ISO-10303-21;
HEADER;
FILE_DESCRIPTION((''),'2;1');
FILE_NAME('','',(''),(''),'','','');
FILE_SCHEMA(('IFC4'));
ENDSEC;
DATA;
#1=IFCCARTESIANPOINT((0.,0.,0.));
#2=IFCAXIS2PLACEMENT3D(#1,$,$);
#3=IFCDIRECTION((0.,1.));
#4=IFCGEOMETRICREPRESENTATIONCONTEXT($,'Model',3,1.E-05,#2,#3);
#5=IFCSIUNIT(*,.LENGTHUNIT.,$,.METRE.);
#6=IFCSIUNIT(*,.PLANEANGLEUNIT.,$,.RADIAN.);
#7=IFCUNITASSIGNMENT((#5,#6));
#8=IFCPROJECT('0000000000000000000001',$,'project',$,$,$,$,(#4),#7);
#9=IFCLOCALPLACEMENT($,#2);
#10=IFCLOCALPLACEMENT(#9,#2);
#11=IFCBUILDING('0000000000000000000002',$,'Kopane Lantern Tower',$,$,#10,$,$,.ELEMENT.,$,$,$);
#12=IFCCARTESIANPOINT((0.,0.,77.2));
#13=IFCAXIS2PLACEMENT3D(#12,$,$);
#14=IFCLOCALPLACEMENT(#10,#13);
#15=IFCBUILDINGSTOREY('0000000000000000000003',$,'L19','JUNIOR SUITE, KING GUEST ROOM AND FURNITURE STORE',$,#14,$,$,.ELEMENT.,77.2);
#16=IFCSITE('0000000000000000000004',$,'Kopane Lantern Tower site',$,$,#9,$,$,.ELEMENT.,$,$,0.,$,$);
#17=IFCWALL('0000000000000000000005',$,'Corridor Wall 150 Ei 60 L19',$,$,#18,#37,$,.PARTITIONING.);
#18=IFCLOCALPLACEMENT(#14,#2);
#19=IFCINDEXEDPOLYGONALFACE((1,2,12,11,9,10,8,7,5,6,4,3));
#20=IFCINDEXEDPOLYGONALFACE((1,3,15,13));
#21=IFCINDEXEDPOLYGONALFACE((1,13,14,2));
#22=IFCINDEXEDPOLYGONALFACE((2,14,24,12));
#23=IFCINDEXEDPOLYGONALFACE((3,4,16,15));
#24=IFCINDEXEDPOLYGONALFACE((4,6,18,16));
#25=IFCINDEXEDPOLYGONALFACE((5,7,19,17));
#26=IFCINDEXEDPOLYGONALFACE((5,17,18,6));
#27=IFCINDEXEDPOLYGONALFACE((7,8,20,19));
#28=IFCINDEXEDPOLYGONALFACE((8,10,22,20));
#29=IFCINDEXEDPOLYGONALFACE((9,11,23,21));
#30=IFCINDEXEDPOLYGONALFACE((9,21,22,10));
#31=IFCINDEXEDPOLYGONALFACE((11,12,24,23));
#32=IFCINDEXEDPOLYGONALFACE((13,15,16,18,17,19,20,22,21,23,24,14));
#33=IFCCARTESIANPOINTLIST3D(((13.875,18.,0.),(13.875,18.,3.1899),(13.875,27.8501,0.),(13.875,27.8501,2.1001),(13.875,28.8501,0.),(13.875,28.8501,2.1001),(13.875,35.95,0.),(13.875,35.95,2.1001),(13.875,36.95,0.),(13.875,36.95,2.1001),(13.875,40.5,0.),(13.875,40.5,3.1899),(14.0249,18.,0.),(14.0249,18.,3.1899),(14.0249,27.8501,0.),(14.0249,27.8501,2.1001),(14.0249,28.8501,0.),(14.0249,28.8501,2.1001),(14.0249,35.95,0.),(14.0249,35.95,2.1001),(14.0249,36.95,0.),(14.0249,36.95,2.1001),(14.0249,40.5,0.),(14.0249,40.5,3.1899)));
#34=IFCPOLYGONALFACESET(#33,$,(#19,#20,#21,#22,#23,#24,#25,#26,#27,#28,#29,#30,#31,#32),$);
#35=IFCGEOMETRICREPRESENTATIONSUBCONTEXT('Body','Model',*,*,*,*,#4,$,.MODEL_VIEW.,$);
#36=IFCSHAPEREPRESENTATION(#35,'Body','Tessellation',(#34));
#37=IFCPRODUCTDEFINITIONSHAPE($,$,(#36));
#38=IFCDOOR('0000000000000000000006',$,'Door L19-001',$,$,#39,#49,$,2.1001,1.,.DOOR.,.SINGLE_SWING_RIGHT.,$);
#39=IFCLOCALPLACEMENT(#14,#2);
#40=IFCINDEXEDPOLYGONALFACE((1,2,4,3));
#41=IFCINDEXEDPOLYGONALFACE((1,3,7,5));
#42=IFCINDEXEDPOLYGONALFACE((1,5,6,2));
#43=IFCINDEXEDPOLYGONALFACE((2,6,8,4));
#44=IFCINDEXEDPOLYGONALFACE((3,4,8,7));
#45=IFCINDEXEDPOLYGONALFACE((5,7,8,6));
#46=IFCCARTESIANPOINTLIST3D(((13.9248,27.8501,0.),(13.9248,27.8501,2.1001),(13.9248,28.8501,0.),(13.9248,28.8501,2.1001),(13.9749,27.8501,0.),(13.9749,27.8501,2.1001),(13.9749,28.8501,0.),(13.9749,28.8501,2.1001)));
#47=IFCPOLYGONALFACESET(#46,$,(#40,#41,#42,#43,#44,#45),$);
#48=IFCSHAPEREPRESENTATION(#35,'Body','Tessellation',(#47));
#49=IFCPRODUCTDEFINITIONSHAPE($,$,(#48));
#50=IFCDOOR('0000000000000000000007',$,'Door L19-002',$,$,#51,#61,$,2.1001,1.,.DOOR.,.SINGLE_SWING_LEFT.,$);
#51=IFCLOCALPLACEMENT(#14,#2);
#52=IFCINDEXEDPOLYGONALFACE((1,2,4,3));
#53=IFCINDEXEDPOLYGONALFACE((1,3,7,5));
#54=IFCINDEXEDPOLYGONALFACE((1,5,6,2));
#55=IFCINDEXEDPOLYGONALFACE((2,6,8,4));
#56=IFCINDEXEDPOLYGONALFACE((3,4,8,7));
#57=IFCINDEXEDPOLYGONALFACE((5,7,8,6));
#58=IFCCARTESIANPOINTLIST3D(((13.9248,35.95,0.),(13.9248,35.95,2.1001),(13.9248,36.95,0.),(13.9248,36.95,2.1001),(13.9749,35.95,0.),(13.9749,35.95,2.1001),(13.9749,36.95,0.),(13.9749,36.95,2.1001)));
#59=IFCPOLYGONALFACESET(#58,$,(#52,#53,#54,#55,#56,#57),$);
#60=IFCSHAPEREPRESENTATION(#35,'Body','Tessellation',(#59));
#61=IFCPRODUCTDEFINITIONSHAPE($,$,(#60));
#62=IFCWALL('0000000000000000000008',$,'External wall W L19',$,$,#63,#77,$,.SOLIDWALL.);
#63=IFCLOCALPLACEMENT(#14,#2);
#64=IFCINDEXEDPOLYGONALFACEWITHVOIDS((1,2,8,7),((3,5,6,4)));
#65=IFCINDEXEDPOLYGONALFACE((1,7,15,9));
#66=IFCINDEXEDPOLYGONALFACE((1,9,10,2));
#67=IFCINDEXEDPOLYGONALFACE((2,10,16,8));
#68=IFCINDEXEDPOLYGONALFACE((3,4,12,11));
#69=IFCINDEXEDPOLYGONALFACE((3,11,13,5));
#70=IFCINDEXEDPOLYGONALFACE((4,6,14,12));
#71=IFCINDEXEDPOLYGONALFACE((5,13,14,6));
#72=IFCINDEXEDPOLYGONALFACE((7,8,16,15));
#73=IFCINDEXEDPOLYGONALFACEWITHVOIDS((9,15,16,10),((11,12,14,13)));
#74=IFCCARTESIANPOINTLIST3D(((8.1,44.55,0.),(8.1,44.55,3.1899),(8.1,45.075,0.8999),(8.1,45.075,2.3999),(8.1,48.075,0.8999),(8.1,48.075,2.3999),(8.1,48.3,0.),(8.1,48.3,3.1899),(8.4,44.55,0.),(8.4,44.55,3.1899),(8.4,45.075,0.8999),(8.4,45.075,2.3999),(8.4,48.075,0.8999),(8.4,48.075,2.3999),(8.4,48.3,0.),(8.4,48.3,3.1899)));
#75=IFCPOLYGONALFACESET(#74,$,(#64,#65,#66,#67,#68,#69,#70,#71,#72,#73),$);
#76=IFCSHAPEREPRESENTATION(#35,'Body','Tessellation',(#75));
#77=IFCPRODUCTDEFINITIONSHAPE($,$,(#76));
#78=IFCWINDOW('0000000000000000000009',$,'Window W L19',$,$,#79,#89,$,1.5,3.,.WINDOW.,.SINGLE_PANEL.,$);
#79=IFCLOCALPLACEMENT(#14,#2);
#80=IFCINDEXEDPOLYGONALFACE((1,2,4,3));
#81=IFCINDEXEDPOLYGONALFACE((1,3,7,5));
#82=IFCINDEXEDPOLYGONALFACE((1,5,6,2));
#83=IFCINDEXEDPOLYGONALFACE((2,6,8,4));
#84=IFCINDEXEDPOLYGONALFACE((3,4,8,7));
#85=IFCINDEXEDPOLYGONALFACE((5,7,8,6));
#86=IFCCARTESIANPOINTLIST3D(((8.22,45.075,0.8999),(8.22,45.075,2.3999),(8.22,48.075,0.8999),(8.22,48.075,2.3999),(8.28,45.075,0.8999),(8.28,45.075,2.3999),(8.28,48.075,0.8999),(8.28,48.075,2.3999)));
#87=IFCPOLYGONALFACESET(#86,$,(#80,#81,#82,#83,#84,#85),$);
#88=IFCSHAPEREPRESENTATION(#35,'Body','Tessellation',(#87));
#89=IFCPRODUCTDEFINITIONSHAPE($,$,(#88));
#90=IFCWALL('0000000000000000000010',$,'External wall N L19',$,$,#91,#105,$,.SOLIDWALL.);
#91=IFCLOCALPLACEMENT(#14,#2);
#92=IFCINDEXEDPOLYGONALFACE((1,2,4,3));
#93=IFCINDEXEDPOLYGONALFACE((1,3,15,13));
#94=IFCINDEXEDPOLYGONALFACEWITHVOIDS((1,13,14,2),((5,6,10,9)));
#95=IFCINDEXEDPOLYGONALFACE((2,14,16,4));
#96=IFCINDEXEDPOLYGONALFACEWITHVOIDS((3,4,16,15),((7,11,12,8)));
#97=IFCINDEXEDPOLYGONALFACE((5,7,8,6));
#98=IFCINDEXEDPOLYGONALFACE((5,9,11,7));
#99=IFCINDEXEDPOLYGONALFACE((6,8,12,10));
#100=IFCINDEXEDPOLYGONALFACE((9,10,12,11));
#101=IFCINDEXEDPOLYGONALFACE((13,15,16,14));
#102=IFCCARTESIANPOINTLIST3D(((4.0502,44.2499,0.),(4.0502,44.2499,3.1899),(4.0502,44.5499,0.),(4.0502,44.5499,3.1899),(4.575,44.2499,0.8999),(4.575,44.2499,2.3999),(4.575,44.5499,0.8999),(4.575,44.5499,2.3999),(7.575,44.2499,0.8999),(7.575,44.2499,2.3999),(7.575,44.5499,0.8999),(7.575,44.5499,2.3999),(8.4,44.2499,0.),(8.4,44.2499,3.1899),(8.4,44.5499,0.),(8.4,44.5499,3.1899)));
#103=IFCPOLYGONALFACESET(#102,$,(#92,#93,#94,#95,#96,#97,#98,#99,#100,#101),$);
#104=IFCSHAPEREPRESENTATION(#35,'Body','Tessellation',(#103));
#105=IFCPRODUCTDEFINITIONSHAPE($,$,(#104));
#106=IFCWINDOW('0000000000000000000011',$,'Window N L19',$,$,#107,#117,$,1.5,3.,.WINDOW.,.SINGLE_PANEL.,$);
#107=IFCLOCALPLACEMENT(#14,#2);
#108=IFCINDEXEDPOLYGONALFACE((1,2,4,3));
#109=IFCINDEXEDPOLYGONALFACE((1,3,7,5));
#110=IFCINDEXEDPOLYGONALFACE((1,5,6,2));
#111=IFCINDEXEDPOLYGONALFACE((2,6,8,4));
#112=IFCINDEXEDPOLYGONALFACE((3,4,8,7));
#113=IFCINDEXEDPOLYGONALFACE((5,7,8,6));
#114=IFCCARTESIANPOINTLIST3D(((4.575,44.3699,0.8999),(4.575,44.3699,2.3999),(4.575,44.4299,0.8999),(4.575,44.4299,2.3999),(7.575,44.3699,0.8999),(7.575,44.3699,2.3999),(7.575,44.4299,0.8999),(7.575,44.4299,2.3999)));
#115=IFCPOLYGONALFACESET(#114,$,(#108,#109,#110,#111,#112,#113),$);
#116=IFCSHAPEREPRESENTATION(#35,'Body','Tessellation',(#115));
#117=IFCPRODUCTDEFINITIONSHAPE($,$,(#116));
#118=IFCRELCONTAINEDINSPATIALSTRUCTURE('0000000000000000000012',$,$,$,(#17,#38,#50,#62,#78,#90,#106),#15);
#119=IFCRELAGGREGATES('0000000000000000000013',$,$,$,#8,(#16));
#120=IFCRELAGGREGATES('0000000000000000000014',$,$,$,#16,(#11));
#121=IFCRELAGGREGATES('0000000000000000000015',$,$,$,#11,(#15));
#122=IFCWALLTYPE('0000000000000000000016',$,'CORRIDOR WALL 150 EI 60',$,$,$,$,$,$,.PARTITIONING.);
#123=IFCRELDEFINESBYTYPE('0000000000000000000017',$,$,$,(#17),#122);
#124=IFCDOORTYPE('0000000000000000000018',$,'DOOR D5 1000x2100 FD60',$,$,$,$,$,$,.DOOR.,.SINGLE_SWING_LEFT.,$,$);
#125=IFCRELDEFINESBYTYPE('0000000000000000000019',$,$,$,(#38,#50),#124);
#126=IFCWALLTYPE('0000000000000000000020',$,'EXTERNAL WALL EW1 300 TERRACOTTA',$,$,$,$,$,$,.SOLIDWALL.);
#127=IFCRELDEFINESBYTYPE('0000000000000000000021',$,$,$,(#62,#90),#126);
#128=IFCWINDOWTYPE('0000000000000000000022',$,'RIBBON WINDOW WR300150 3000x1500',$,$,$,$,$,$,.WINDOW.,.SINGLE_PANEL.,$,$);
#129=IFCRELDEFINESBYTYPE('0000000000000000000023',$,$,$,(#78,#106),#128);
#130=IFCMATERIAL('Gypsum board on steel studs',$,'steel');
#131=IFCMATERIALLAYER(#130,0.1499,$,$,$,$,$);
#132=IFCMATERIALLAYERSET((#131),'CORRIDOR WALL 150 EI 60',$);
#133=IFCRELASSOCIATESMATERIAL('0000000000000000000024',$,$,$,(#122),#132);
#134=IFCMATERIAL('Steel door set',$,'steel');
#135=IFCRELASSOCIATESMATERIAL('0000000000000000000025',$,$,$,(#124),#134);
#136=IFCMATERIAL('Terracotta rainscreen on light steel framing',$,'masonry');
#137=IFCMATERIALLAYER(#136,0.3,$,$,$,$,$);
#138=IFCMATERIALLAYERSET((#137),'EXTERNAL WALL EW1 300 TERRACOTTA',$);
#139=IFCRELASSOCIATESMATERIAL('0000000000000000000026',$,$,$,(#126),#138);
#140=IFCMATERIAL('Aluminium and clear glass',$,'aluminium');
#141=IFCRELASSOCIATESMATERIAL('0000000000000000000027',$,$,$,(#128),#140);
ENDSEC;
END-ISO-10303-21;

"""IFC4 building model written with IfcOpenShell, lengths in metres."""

from ifc_helpers import new_model, si_unit, direction, frame, frame_2d, origin, place, context, subcontext, project, spatial, rectangle, extrude, material, layer, layer_set, type_object, element, fill, save


model = new_model("IFC4")

# Units and contexts
model_context = context("Model", 3, precision=1e-05, world=origin(), true_north=direction((0.0, 1.0)))
body_context = subcontext(model_context, "Body", "Model", "MODEL_VIEW")
ifc_project = project(units=[si_unit("LENGTHUNIT", "METRE"), si_unit("PLANEANGLEUNIT", "RADIAN")], contexts=[model_context])

# Site, building, storey
site_placement = place(None, origin())
site = spatial("IfcSite", under=ifc_project, at=site_placement, Name="Kopane Lantern Tower site", CompositionType="ELEMENT", RefElevation=0.0)
building_placement = place(site_placement, origin())
building = spatial("IfcBuilding", under=site, at=building_placement, Name="Kopane Lantern Tower", CompositionType="ELEMENT")
storey_placement = place(building_placement, frame((0.0, 0.0, 77.2)))
storey = spatial("IfcBuildingStorey", under=building, at=storey_placement, Name="L19", Description="JUNIOR SUITE, KING GUEST ROOM AND FURNITURE STORE", CompositionType="ELEMENT", Elevation=77.2)

# Shared definitions
ifc_material_1 = material(Name="Gypsum board on steel studs", Category="steel")
ifc_layer_1 = layer(ifc_material_1, 0.1499)
ifc_layer_set_1 = layer_set([ifc_layer_1], Name="CORRIDOR WALL 150 EI 60")
wall_type_1 = type_object("IfcWallType", Name="CORRIDOR WALL 150 EI 60", PredefinedType="PARTITIONING", material=ifc_layer_set_1)

# Wall, openings, doors
wall_1_placement = place(storey_placement, frame((13.95, 40.5, 0.0), z_axis=(0.0, 0.0, 1.0), x_axis=(0.0, -1.0, 0.0)))
wall_1 = element("IfcWall", 1, at=wall_1_placement, inside=storey, type_object=wall_type_1, Name="Corridor Wall 150 Ei 60 L19", PredefinedType="PARTITIONING", context=body_context, shape_type="SweptSolid", body=[
    extrude(rectangle(XDim=22.5, YDim=0.1499, at=frame_2d((11.25, 0.0))), origin(), (0.0, 0.0, 1.0), 3.1899),
])
opening_1_placement = place(wall_1_placement, frame((11.6499, 0.0, 0.0)))
opening_1 = element("IfcOpeningElement", 2, at=opening_1_placement, cuts=wall_1, PredefinedType="OPENING", context=body_context, shape_type="SweptSolid", body=[
    extrude(rectangle(XDim=1.0, YDim=2.1001, at=frame_2d((0.5, 1.05))), frame((0.0, 0.085, 0.0), z_axis=(0.0, -1.0, 0.0), x_axis=(1.0, 0.0, 0.0)), (0.0, 0.0, 1.0), 0.1699),
])
opening_2_placement = place(wall_1_placement, frame((3.55, 0.0, 0.0)))
opening_2 = element("IfcOpeningElement", 3, at=opening_2_placement, cuts=wall_1, PredefinedType="OPENING", context=body_context, shape_type="SweptSolid", body=[
    extrude(rectangle(XDim=1.0, YDim=2.1001, at=frame_2d((0.5, 1.05))), frame((0.0, 0.085, 0.0), z_axis=(0.0, -1.0, 0.0), x_axis=(1.0, 0.0, 0.0)), (0.0, 0.0, 1.0), 0.1699),
])
ifc_material_2 = material(Name="Steel door set", Category="steel")
door_type_1 = type_object("IfcDoorType", Name="DOOR D5 1000x2100 FD60", OperationType="SINGLE_SWING_LEFT", PredefinedType="DOOR", material=ifc_material_2)
door_1_placement = place(opening_1_placement, origin())
door_1 = element("IfcDoor", 4, at=door_1_placement, inside=storey, type_object=door_type_1, Name="Door L19-001", OperationType="SINGLE_SWING_RIGHT", OverallHeight=2.1001, OverallWidth=1.0, PredefinedType="DOOR", context=body_context, shape_type="SweptSolid", body=[
    extrude(rectangle(XDim=1.0, YDim=2.1001, at=frame_2d((0.5, 1.05))), frame((0.0, 0.0249, 0.0), z_axis=(0.0, -1.0, 0.0), x_axis=(1.0, 0.0, 0.0)), (0.0, 0.0, 1.0), 0.05),
])
fill(opening_1, door_1)
door_2_placement = place(opening_2_placement, origin())
door_2 = element("IfcDoor", 5, at=door_2_placement, inside=storey, type_object=door_type_1, Name="Door L19-002", OperationType="SINGLE_SWING_LEFT", OverallHeight=2.1001, OverallWidth=1.0, PredefinedType="DOOR", context=body_context, shape_type="SweptSolid", body=[
    extrude(rectangle(XDim=1.0, YDim=2.1001, at=frame_2d((0.5, 1.05))), frame((0.0, 0.0249, 0.0), z_axis=(0.0, -1.0, 0.0), x_axis=(1.0, 0.0, 0.0)), (0.0, 0.0, 1.0), 0.05),
])
fill(opening_2, door_2)

# Walls, openings, windows
ifc_material_3 = material(Name="Terracotta rainscreen on light steel framing", Category="masonry")
ifc_layer_2 = layer(ifc_material_3, 0.3)
ifc_layer_set_2 = layer_set([ifc_layer_2], Name="EXTERNAL WALL EW1 300 TERRACOTTA")
wall_type_2 = type_object("IfcWallType", Name="EXTERNAL WALL EW1 300 TERRACOTTA", PredefinedType="SOLIDWALL", material=ifc_layer_set_2)
wall_2_placement = place(storey_placement, frame((8.25, 48.3, 0.0), z_axis=(0.0, 0.0, 1.0), x_axis=(0.0, -1.0, 0.0)))
wall_2 = element("IfcWall", 6, at=wall_2_placement, inside=storey, type_object=wall_type_2, Name="External wall W L19", PredefinedType="SOLIDWALL", context=body_context, shape_type="SweptSolid", body=[
    extrude(rectangle(XDim=3.75, YDim=0.3, at=frame_2d((1.875, 0.0))), origin(), (0.0, 0.0, 1.0), 3.1899),
])
opening_3_placement = place(wall_2_placement, frame((0.2251, 0.0, 0.8999)))
opening_3 = element("IfcOpeningElement", 7, at=opening_3_placement, cuts=wall_2, PredefinedType="OPENING", context=body_context, shape_type="SweptSolid", body=[
    extrude(rectangle(XDim=3.0, YDim=1.5, at=frame_2d((1.5, 0.75))), frame((0.0, 0.1599, 0.0), z_axis=(0.0, -1.0, 0.0), x_axis=(1.0, 0.0, 0.0)), (0.0, 0.0, 1.0), 0.3201),
])
ifc_material_4 = material(Name="Aluminium and clear glass", Category="aluminium")
window_type = type_object("IfcWindowType", Name="RIBBON WINDOW WR300150 3000x1500", PartitioningType="SINGLE_PANEL", PredefinedType="WINDOW", material=ifc_material_4)
window_1_placement = place(opening_3_placement, origin())
window_1 = element("IfcWindow", 8, at=window_1_placement, inside=storey, type_object=window_type, Name="Window W L19", OverallHeight=1.5, OverallWidth=3.0, PartitioningType="SINGLE_PANEL", PredefinedType="WINDOW", context=body_context, shape_type="SweptSolid", body=[
    extrude(rectangle(XDim=3.0, YDim=1.5, at=frame_2d((1.5, 0.75))), frame((0.0, 0.03, 0.0), z_axis=(0.0, -1.0, 0.0), x_axis=(1.0, 0.0, 0.0)), (0.0, 0.0, 1.0), 0.0601),
])
fill(opening_3, window_1)
wall_3_placement = place(storey_placement, frame((8.3999, 44.3999, 0.0), z_axis=(0.0, 0.0, 1.0), x_axis=(-1.0, 0.0, 0.0)))
wall_3 = element("IfcWall", 9, at=wall_3_placement, inside=storey, type_object=wall_type_2, Name="External wall N L19", PredefinedType="SOLIDWALL", context=body_context, shape_type="SweptSolid", body=[
    extrude(rectangle(XDim=4.3499, YDim=0.3, at=frame_2d((2.1748, 0.0))), origin(), (0.0, 0.0, 1.0), 3.1899),
])
opening_4_placement = place(wall_3_placement, frame((0.825, 0.0, 0.8999)))
opening_4 = element("IfcOpeningElement", 10, at=opening_4_placement, cuts=wall_3, PredefinedType="OPENING", context=body_context, shape_type="SweptSolid", body=[
    extrude(rectangle(XDim=3.0, YDim=1.5, at=frame_2d((1.5, 0.75))), frame((0.0, 0.1599, 0.0), z_axis=(0.0, -1.0, 0.0), x_axis=(1.0, 0.0, 0.0)), (0.0, 0.0, 1.0), 0.3201),
])
window_2_placement = place(opening_4_placement, origin())
window_2 = element("IfcWindow", 11, at=window_2_placement, inside=storey, type_object=window_type, Name="Window N L19", OverallHeight=1.5, OverallWidth=3.0, PartitioningType="SINGLE_PANEL", PredefinedType="WINDOW", context=body_context, shape_type="SweptSolid", body=[
    extrude(rectangle(XDim=3.0, YDim=1.5, at=frame_2d((1.5, 0.75))), frame((0.0, 0.03, 0.0), z_axis=(0.0, -1.0, 0.0), x_axis=(1.0, 0.0, 0.0)), (0.0, 0.0, 1.0), 0.0601),
])
fill(opening_4, window_2)

save(model, "model.ifc")
